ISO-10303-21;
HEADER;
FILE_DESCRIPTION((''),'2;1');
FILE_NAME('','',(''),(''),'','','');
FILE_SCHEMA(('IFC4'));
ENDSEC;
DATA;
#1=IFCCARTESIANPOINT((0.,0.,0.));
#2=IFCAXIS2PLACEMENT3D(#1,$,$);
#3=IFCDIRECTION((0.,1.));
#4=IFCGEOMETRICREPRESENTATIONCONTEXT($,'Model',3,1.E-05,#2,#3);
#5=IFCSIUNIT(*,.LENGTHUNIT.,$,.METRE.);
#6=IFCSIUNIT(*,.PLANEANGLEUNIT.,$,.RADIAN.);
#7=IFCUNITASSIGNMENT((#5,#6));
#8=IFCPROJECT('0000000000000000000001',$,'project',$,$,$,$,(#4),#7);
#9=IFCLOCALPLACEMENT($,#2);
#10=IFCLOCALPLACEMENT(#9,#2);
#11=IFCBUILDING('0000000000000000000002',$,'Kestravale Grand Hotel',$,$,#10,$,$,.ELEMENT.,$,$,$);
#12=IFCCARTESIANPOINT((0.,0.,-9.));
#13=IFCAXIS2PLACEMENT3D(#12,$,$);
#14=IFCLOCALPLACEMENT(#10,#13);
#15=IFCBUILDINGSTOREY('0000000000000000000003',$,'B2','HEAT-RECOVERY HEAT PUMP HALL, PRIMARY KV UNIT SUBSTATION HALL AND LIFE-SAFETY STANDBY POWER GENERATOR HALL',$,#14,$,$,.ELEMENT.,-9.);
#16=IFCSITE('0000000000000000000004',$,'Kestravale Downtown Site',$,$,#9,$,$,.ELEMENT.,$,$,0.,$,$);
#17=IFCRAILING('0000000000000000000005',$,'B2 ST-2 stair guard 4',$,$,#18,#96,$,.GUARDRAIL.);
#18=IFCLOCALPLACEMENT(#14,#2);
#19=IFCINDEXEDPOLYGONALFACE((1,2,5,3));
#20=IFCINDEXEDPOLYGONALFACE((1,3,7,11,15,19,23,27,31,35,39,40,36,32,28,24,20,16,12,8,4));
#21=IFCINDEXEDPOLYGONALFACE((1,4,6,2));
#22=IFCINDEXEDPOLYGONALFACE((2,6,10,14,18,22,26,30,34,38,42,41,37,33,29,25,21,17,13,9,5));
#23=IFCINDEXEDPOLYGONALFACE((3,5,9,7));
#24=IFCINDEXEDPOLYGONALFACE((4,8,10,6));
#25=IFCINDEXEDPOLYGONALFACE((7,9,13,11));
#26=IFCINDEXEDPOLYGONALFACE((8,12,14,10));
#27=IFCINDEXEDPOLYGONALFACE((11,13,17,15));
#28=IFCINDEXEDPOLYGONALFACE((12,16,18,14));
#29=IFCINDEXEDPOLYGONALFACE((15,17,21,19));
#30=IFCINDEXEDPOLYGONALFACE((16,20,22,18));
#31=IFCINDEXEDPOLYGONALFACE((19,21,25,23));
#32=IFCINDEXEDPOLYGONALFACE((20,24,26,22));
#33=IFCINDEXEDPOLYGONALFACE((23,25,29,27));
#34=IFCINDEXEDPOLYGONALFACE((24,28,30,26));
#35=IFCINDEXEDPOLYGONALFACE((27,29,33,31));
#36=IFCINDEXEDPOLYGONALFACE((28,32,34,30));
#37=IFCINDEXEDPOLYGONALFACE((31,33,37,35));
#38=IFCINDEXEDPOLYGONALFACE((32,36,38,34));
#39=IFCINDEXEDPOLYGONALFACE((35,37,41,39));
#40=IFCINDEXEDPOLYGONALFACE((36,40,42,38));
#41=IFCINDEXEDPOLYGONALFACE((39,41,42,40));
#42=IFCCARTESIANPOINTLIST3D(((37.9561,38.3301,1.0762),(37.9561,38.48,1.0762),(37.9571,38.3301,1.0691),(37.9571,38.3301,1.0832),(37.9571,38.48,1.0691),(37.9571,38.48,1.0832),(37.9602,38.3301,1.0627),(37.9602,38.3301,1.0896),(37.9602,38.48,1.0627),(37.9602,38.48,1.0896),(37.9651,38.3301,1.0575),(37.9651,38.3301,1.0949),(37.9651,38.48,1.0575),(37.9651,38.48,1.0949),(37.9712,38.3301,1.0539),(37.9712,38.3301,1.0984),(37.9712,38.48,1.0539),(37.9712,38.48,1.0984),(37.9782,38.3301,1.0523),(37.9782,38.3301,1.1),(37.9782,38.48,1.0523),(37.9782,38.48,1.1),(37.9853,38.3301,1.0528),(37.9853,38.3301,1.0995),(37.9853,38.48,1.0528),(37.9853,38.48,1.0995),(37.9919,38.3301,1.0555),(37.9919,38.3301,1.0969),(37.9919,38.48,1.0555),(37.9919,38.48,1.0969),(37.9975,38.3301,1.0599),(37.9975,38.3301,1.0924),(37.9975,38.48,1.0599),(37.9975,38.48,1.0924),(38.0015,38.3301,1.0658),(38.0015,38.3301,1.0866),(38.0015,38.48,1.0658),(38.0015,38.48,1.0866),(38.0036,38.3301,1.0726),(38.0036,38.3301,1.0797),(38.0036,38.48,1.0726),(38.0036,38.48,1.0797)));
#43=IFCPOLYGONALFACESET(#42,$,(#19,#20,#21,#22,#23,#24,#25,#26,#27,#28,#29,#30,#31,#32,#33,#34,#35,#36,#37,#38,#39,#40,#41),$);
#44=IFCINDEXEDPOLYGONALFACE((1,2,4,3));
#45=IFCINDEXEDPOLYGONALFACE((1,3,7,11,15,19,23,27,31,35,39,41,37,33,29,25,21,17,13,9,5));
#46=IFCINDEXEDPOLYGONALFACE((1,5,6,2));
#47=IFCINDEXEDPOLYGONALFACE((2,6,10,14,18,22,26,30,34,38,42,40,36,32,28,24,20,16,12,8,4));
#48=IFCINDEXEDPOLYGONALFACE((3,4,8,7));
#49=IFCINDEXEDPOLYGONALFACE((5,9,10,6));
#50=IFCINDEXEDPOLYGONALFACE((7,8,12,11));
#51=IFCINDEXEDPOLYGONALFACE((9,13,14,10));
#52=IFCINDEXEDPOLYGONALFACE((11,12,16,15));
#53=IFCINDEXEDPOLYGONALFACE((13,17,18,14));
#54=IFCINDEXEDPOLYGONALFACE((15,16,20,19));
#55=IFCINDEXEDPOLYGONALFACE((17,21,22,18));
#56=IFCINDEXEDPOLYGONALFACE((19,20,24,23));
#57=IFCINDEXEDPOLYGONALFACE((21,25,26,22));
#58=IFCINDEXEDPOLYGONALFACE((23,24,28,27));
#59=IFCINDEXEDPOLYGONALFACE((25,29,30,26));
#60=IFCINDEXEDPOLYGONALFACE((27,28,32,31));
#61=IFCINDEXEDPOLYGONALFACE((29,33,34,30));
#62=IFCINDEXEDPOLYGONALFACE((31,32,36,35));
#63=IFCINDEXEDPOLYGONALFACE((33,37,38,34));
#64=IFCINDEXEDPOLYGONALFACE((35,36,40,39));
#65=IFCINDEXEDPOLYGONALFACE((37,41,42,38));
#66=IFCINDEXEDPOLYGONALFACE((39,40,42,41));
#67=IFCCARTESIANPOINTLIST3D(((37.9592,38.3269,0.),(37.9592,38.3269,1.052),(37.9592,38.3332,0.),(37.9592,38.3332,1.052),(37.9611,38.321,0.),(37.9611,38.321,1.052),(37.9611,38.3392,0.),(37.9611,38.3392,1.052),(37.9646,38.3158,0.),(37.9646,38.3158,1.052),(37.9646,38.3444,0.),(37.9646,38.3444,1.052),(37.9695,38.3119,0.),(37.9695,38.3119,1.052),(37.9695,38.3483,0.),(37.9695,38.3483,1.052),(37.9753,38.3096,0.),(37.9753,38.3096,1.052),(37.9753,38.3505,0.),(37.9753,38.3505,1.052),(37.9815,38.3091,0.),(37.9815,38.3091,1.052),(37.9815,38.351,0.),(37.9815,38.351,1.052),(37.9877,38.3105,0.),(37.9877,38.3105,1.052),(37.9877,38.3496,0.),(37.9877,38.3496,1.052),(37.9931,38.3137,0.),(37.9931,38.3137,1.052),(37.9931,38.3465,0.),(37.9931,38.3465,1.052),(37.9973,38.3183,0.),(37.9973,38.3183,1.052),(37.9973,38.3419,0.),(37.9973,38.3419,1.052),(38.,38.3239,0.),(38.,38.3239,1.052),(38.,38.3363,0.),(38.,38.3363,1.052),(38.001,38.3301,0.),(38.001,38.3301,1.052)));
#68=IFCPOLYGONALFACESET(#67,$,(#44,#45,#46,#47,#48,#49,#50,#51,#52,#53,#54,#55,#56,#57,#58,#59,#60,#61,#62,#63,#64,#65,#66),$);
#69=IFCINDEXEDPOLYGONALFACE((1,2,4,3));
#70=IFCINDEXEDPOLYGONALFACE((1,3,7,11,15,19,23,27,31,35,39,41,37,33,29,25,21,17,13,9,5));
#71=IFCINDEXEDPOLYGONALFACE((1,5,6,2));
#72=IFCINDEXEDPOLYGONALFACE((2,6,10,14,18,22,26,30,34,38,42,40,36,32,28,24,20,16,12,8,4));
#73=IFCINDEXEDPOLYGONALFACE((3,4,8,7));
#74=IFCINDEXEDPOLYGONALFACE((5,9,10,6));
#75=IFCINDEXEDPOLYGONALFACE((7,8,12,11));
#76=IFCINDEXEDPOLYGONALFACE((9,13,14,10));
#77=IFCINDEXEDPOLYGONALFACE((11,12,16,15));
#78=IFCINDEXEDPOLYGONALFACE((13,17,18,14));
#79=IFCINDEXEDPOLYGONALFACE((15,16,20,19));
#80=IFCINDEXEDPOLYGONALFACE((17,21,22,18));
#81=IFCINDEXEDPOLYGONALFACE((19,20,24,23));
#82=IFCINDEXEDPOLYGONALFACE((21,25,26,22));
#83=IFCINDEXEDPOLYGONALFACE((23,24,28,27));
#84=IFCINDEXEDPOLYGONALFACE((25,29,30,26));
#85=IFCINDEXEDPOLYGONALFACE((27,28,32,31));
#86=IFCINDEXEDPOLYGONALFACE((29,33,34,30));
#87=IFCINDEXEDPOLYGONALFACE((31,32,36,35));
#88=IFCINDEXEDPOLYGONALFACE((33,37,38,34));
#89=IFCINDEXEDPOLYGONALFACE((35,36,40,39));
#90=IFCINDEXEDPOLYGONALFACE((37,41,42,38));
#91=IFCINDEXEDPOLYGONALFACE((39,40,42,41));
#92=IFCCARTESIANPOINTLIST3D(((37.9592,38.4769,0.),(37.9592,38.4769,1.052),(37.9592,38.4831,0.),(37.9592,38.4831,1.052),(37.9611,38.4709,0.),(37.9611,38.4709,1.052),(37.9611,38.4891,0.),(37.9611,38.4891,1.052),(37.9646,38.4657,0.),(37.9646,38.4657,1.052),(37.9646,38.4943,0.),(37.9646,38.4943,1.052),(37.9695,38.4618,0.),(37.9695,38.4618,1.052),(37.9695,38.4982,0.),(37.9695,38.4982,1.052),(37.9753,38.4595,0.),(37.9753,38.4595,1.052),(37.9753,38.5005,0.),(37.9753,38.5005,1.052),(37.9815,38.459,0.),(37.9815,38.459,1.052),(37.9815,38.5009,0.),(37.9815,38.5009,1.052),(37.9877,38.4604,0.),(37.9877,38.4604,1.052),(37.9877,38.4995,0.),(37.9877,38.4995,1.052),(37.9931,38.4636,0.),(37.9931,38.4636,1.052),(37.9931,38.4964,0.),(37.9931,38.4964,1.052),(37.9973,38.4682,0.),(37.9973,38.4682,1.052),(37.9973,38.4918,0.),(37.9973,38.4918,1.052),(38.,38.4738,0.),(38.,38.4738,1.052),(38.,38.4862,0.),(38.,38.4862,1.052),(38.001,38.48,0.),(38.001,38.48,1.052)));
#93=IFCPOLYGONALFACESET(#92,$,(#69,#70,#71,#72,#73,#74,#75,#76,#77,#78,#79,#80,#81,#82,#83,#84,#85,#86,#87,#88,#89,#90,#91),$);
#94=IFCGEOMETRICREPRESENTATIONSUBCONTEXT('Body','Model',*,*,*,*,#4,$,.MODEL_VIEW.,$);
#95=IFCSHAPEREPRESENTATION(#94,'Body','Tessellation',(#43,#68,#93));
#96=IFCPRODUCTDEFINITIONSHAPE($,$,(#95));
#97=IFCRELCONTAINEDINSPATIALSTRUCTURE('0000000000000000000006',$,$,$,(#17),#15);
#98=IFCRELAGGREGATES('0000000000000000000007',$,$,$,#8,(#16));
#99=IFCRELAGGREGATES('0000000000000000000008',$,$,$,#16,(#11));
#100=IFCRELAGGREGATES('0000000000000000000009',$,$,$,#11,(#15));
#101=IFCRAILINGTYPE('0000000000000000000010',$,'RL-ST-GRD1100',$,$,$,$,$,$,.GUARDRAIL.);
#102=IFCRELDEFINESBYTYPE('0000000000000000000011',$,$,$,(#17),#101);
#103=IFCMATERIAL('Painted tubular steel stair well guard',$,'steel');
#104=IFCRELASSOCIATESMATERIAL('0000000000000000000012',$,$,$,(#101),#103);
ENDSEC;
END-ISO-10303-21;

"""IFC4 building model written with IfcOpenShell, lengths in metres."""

from ifc_helpers import new_model, si_unit, direction, frame, origin, origin_2d, place, context, subcontext, project, spatial, circle, extrude, material, type_object, element, save


model = new_model("IFC4")

# Units and contexts
model_context = context("Model", 3, precision=1e-05, world=origin(), true_north=direction((0.0, 1.0)))
body_context = subcontext(model_context, "Body", "Model", "MODEL_VIEW")
ifc_project = project(units=[si_unit("LENGTHUNIT", "METRE"), si_unit("PLANEANGLEUNIT", "RADIAN")], contexts=[model_context])

# Site, building, storey
site_placement = place(None, origin())
site = spatial("IfcSite", under=ifc_project, at=site_placement, Name="Kestravale Downtown Site", CompositionType="ELEMENT", RefElevation=0.0)
building_placement = place(site_placement, origin())
building = spatial("IfcBuilding", under=site, at=building_placement, Name="Kestravale Grand Hotel", CompositionType="ELEMENT")
storey_placement = place(building_placement, frame((0.0, 0.0, -9.0)))
storey = spatial("IfcBuildingStorey", under=building, at=storey_placement, Name="B2", Description="HEAT-RECOVERY HEAT PUMP HALL, PRIMARY KV UNIT SUBSTATION HALL AND LIFE-SAFETY STANDBY POWER GENERATOR HALL", CompositionType="ELEMENT", Elevation=-9.0)

# Railing
ifc_material_1 = material(Name="Painted tubular steel stair well guard", Category="steel")
railing_type_1 = type_object("IfcRailingType", Name="RL-ST-GRD1100", PredefinedType="GUARDRAIL", material=ifc_material_1)
railing_1_placement = place(storey_placement, frame((37.98, 38.3301, 0.0)))
element("IfcRailing", 1, at=railing_1_placement, inside=storey, type_object=railing_type_1, Name="B2 ST-2 stair guard 4", PredefinedType="GUARDRAIL", context=body_context, shape_type="SweptSolid", body=[
    extrude(circle(Radius=0.0239, at=origin_2d()), frame((0.0, 0.0, 1.0762), z_axis=(0.0, 1.0, 0.0), x_axis=(-1.0, 0.0, 0.0)), (0.0, 0.0, 1.0), 0.1499),
    extrude(circle(Radius=0.021, at=origin_2d()), origin(), (0.0, 0.0, 1.0), 1.052),
    extrude(circle(Radius=0.021, at=origin_2d()), frame((0.0, 0.1499, 0.0)), (0.0, 0.0, 1.0), 1.052),
])

save(model, "model.ifc")
